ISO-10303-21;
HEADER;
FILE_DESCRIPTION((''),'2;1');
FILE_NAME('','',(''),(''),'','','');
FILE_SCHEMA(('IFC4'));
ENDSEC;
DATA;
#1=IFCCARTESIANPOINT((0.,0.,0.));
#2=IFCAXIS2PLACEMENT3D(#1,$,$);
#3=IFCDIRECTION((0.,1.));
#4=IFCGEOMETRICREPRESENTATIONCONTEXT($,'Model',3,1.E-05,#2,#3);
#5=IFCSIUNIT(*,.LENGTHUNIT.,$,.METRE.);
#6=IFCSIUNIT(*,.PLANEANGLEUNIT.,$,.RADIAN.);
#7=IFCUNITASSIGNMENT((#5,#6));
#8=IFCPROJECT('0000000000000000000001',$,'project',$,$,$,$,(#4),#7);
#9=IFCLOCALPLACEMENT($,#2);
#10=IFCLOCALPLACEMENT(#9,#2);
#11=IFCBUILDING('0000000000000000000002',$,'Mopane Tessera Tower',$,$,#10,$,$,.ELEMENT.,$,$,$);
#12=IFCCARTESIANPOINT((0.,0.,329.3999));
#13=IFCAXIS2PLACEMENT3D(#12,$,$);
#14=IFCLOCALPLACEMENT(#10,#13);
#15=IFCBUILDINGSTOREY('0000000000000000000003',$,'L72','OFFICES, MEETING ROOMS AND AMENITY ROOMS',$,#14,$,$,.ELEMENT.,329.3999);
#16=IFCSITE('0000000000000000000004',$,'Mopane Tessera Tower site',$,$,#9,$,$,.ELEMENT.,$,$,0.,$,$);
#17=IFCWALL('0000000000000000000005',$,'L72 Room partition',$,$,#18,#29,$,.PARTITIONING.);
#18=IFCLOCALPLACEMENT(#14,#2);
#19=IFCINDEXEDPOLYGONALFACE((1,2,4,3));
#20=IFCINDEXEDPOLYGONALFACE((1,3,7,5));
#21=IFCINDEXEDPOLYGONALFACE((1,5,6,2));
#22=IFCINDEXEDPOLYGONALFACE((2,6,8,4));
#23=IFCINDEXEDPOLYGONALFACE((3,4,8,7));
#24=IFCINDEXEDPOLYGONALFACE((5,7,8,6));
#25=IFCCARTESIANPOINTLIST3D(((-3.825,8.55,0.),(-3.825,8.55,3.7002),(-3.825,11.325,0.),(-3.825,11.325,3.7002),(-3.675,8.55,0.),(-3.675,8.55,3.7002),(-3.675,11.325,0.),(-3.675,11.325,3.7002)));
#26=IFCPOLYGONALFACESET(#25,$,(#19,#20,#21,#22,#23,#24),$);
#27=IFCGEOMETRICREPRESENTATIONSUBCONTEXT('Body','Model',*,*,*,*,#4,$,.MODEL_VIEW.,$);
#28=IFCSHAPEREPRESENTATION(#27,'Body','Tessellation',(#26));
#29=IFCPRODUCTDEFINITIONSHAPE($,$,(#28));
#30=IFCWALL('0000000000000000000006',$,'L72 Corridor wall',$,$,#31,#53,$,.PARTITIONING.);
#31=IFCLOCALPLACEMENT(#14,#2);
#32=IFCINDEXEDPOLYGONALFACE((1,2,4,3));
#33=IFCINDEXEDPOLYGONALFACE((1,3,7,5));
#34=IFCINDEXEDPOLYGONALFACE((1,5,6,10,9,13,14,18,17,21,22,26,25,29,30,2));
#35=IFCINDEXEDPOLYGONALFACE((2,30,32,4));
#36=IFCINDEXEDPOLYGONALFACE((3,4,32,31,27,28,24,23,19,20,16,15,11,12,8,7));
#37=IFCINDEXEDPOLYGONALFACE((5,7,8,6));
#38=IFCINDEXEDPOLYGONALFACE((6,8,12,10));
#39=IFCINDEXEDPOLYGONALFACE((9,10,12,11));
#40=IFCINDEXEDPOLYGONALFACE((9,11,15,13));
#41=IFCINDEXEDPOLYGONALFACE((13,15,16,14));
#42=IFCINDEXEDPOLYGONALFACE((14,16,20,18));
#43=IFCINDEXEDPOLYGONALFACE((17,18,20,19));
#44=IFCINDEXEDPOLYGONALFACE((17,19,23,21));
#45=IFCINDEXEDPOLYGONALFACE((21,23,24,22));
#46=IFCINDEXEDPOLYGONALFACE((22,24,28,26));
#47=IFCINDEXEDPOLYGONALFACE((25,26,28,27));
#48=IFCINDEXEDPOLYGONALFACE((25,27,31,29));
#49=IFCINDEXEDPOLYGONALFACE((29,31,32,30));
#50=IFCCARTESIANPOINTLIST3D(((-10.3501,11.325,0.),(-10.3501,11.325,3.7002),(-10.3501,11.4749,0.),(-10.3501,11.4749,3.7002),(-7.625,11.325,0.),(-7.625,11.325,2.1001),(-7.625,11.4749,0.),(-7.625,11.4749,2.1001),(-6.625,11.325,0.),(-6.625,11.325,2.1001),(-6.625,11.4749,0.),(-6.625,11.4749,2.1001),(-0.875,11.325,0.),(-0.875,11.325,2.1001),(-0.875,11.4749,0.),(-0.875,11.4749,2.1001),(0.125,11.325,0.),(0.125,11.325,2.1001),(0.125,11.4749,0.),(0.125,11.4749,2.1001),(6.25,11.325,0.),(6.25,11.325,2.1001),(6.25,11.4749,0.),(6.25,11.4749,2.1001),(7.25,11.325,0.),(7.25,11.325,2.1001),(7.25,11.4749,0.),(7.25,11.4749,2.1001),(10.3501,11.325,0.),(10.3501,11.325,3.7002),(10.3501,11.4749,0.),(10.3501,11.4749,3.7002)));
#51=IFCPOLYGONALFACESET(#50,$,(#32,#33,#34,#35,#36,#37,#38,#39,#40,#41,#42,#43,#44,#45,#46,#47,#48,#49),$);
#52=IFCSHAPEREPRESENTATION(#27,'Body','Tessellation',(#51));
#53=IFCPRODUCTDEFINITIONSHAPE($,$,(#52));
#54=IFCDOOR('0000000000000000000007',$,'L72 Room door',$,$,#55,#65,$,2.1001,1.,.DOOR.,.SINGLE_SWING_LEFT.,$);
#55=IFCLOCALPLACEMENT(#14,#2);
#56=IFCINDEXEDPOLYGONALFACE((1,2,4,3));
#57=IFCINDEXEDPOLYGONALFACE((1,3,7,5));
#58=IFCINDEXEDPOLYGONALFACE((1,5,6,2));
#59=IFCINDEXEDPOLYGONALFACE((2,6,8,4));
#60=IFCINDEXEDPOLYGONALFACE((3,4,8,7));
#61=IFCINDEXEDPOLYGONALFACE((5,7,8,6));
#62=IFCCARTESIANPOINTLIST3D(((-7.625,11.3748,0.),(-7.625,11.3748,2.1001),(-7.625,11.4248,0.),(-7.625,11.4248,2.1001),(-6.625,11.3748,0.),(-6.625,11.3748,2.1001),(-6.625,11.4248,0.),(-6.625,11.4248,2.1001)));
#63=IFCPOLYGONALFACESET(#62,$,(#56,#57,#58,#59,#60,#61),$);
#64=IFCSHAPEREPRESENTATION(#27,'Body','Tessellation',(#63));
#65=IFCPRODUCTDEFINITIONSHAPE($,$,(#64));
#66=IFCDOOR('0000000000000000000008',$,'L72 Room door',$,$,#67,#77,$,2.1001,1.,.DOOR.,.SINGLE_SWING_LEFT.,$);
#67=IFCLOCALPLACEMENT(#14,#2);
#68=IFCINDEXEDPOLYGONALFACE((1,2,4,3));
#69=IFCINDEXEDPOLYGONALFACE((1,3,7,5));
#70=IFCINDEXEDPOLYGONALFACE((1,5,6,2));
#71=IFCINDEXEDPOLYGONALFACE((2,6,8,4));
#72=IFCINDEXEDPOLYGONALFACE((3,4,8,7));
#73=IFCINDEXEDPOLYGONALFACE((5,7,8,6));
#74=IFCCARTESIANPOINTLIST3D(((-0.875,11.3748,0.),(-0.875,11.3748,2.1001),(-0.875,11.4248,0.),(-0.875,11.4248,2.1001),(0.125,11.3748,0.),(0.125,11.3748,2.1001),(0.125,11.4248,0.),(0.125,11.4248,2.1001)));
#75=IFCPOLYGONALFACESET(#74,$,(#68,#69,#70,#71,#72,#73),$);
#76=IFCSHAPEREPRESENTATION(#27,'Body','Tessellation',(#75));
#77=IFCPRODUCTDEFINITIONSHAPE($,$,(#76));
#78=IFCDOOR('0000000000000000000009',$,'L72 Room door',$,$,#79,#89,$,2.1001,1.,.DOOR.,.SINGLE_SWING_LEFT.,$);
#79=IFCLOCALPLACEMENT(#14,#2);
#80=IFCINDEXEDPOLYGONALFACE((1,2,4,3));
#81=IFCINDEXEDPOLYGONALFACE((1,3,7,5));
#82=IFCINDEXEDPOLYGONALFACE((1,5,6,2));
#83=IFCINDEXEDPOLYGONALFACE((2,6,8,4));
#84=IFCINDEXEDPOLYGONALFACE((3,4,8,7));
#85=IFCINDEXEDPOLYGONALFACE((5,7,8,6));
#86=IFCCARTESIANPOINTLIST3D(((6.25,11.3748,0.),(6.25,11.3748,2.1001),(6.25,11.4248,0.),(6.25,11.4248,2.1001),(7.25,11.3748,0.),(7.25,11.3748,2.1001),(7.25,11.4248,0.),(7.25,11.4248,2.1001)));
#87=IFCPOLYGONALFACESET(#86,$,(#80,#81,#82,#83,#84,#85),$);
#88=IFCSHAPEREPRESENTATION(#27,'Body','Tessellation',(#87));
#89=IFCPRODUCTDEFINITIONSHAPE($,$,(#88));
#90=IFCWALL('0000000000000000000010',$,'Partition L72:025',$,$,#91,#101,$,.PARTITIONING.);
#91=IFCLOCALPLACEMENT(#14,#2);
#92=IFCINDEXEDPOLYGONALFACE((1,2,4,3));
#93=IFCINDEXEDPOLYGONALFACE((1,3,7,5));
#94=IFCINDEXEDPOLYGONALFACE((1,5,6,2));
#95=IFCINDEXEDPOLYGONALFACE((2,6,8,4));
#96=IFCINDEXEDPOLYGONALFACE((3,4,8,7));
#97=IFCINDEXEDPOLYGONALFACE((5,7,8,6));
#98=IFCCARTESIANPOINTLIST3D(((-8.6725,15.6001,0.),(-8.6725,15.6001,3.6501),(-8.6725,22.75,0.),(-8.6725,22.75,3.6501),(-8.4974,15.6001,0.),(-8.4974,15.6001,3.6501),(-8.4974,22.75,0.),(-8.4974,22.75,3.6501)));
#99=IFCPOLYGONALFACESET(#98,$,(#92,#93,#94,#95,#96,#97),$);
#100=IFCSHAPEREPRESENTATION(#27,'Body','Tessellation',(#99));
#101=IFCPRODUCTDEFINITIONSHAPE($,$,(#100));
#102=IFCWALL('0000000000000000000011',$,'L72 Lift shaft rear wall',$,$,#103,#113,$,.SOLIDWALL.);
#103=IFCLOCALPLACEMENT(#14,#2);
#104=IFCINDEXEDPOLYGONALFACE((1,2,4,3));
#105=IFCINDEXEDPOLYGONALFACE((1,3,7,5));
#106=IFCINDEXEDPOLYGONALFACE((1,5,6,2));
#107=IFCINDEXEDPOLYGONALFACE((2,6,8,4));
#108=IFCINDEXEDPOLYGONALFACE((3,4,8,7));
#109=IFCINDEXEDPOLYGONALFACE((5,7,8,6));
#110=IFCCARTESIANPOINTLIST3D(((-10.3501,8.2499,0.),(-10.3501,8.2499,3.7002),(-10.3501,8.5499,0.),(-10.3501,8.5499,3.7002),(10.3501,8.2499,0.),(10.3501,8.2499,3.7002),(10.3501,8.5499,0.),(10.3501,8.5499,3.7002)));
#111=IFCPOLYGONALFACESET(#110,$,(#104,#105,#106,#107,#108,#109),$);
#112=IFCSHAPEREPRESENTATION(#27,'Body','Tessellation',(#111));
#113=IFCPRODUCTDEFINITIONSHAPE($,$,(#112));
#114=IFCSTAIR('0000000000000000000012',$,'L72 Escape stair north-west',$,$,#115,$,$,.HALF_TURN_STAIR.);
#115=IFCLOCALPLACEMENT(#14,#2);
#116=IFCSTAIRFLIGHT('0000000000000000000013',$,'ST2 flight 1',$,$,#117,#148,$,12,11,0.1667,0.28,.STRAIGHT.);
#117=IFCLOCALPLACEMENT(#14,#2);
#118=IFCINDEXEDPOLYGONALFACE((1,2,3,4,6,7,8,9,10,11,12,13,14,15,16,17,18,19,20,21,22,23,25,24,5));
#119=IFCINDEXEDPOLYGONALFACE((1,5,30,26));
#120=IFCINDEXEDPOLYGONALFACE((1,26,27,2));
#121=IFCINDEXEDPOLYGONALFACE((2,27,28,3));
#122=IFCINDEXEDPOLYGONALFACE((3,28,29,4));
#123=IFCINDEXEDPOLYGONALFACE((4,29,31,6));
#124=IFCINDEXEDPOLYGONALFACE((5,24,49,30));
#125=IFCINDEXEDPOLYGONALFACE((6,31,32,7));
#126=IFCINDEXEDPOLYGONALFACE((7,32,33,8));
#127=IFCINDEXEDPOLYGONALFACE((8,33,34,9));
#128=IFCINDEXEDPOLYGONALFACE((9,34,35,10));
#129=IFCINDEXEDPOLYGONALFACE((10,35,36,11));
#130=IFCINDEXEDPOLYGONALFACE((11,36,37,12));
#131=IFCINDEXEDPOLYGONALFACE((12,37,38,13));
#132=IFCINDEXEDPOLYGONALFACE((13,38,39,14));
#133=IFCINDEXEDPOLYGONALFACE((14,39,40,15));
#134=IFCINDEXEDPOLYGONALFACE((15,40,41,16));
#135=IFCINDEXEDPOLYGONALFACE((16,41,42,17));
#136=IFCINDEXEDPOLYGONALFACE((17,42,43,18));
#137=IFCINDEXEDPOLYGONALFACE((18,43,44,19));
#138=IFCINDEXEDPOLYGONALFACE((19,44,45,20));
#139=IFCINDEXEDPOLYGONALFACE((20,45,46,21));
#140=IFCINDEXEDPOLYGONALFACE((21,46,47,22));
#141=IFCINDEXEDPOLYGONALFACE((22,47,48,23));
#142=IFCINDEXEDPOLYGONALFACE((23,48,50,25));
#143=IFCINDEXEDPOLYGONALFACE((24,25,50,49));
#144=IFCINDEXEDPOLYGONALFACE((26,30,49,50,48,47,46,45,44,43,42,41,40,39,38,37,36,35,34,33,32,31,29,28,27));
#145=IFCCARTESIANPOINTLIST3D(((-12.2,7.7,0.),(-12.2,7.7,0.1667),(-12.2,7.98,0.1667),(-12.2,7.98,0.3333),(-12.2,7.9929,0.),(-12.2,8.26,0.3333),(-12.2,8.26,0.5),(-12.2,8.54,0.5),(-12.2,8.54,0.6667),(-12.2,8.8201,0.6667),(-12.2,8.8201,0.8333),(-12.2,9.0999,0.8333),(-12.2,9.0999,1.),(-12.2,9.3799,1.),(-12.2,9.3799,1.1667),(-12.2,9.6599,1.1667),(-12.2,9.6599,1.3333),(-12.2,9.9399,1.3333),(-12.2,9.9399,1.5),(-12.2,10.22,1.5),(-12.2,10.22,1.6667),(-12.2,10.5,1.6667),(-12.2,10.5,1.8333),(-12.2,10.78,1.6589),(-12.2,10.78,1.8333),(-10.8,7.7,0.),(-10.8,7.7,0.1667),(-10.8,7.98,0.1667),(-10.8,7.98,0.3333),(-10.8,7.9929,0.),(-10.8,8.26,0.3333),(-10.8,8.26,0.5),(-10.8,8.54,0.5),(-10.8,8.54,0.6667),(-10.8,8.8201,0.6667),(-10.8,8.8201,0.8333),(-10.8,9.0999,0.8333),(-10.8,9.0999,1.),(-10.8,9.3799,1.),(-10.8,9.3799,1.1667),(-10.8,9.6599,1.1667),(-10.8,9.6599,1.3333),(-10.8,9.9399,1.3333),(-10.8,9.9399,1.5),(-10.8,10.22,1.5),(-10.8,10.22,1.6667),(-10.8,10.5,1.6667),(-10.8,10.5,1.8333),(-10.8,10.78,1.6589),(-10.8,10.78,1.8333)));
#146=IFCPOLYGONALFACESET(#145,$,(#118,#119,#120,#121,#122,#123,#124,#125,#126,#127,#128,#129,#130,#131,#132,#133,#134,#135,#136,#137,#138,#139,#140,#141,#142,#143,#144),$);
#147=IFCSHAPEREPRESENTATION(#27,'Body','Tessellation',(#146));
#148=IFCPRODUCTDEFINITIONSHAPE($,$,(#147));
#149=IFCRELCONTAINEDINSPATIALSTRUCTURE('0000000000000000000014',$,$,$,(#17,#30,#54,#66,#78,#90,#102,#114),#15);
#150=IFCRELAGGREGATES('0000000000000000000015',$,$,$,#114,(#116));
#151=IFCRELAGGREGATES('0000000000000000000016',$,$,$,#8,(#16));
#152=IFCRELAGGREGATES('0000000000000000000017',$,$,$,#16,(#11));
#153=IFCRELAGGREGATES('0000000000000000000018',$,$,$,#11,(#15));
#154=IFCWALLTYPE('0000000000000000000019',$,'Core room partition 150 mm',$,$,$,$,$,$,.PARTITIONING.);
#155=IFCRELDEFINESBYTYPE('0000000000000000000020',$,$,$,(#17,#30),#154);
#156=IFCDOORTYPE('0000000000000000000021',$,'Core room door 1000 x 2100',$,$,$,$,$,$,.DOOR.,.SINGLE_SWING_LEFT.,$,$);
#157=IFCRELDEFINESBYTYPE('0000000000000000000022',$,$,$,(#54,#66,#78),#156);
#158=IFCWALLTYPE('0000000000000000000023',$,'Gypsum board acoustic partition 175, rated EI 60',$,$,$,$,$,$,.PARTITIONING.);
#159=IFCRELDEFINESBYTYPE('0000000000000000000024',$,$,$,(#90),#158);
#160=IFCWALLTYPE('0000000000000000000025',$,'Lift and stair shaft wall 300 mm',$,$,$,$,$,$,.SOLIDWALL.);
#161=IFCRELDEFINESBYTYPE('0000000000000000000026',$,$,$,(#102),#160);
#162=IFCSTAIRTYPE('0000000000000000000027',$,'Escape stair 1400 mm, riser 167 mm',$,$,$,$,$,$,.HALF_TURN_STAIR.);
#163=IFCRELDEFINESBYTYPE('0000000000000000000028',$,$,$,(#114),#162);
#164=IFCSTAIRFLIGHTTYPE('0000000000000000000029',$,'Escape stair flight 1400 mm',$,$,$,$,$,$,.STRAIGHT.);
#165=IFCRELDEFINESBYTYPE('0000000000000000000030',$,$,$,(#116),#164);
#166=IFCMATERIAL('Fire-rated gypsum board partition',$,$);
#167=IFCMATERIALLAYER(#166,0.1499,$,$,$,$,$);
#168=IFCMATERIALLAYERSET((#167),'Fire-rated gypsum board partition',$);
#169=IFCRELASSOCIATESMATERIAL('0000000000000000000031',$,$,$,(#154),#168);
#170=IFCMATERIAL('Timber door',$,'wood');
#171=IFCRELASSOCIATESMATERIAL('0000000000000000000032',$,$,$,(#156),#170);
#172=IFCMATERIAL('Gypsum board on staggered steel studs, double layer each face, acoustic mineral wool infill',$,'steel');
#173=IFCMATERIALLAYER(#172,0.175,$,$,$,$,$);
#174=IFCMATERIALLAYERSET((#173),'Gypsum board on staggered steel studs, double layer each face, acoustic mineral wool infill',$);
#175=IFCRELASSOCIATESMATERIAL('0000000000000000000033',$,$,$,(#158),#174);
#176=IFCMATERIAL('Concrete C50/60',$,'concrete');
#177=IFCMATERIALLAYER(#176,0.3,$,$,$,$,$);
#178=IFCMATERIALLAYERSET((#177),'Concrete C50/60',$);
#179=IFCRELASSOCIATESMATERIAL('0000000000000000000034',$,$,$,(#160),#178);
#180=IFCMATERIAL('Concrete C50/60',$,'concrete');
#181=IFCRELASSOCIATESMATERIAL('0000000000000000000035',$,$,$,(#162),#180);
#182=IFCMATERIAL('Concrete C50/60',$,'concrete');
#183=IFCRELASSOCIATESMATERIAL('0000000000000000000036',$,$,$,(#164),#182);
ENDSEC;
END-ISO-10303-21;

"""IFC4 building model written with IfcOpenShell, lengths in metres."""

from ifc_helpers import new_model, si_unit, direction, frame, frame_2d, origin, place, context, subcontext, project, spatial, polyline, rectangle, outline, extrude, material, layer, layer_set, type_object, element, fill, aggregate, save


model = new_model("IFC4")

# Units and contexts
model_context = context("Model", 3, precision=1e-05, world=origin(), true_north=direction((0.0, 1.0)))
body_context = subcontext(model_context, "Body", "Model", "MODEL_VIEW")
ifc_project = project(units=[si_unit("LENGTHUNIT", "METRE"), si_unit("PLANEANGLEUNIT", "RADIAN")], contexts=[model_context])

# Site, building, storey
site_placement = place(None, origin())
site = spatial("IfcSite", under=ifc_project, at=site_placement, Name="Mopane Tessera Tower site", CompositionType="ELEMENT", RefElevation=0.0)
building_placement = place(site_placement, origin())
building = spatial("IfcBuilding", under=site, at=building_placement, Name="Mopane Tessera Tower", CompositionType="ELEMENT")
storey_placement = place(building_placement, frame((0.0, 0.0, 329.3999)))
storey = spatial("IfcBuildingStorey", under=building, at=storey_placement, Name="L72", Description="OFFICES, MEETING ROOMS AND AMENITY ROOMS", CompositionType="ELEMENT", Elevation=329.3999)

# Wall
ifc_material_1 = material(Name="Fire-rated gypsum board partition")
ifc_layer_1 = layer(ifc_material_1, 0.1499)
ifc_layer_set_1 = layer_set([ifc_layer_1], Name="Fire-rated gypsum board partition")
wall_type_1 = type_object("IfcWallType", Name="Core room partition 150 mm", PredefinedType="PARTITIONING", material=ifc_layer_set_1)
wall_1_placement = place(storey_placement, frame((-3.75, 8.55, 0.0), z_axis=(0.0, 0.0, 1.0), x_axis=(0.0, 1.0, 0.0)))
element("IfcWall", 1, at=wall_1_placement, inside=storey, type_object=wall_type_1, Name="L72 Room partition", PredefinedType="PARTITIONING", context=body_context, shape_type="SweptSolid", body=[
    extrude(rectangle(XDim=2.7749, YDim=0.1499, at=frame_2d((1.3875, 0.0))), origin(), (0.0, 0.0, 1.0), 3.7002),
])

# Wall, openings, doors
wall_2_placement = place(storey_placement, frame((-10.3501, 11.3999, 0.0), z_axis=(0.0, 0.0, 1.0), x_axis=(1.0, 0.0, 0.0)))
wall_2 = element("IfcWall", 2, at=wall_2_placement, inside=storey, type_object=wall_type_1, Name="L72 Corridor wall", PredefinedType="PARTITIONING", context=body_context, shape_type="SweptSolid", body=[
    extrude(rectangle(XDim=20.7002, YDim=0.1499, at=frame_2d((10.3501, 0.0))), origin(), (0.0, 0.0, 1.0), 3.7002),
])
opening_1_placement = place(wall_2_placement, frame((2.7251, 0.0, 0.0)))
opening_1 = element("IfcOpeningElement", 3, at=opening_1_placement, cuts=wall_2, PredefinedType="OPENING", context=body_context, shape_type="SweptSolid", body=[
    extrude(rectangle(XDim=1.0, YDim=2.1001, at=frame_2d((0.5, 1.05))), frame((0.0, 0.0869, 0.0), z_axis=(0.0, -1.0, 0.0), x_axis=(1.0, 0.0, 0.0)), (0.0, 0.0, 1.0), 0.1738),
])
opening_2_placement = place(wall_2_placement, frame((9.4751, 0.0, 0.0)))
opening_2 = element("IfcOpeningElement", 4, at=opening_2_placement, cuts=wall_2, PredefinedType="OPENING", context=body_context, shape_type="SweptSolid", body=[
    extrude(rectangle(XDim=1.0, YDim=2.1001, at=frame_2d((0.5, 1.05))), frame((0.0, 0.0869, 0.0), z_axis=(0.0, -1.0, 0.0), x_axis=(1.0, 0.0, 0.0)), (0.0, 0.0, 1.0), 0.1738),
])
opening_3_placement = place(wall_2_placement, frame((16.6001, 0.0, 0.0)))
opening_3 = element("IfcOpeningElement", 5, at=opening_3_placement, cuts=wall_2, PredefinedType="OPENING", context=body_context, shape_type="SweptSolid", body=[
    extrude(rectangle(XDim=1.0, YDim=2.1001, at=frame_2d((0.5, 1.05))), frame((0.0, 0.0869, 0.0), z_axis=(0.0, -1.0, 0.0), x_axis=(1.0, 0.0, 0.0)), (0.0, 0.0, 1.0), 0.1738),
])
ifc_material_2 = material(Name="Timber door", Category="wood")
door_type = type_object("IfcDoorType", Name="Core room door 1000 x 2100", OperationType="SINGLE_SWING_LEFT", PredefinedType="DOOR", material=ifc_material_2)
door_1_placement = place(opening_1_placement, origin())
door_1 = element("IfcDoor", 6, at=door_1_placement, inside=storey, type_object=door_type, Name="L72 Room door", OperationType="SINGLE_SWING_LEFT", OverallHeight=2.1001, OverallWidth=1.0, PredefinedType="DOOR", context=body_context, shape_type="SweptSolid", body=[
    extrude(rectangle(XDim=1.0, YDim=2.1001, at=frame_2d((0.5, 1.05))), frame((0.0, 0.0249, 0.0), z_axis=(0.0, -1.0, 0.0), x_axis=(1.0, 0.0, 0.0)), (0.0, 0.0, 1.0), 0.05),
])
fill(opening_1, door_1)
door_2_placement = place(opening_2_placement, origin())
door_2 = element("IfcDoor", 7, at=door_2_placement, inside=storey, type_object=door_type, Name="L72 Room door", OperationType="SINGLE_SWING_LEFT", OverallHeight=2.1001, OverallWidth=1.0, PredefinedType="DOOR", context=body_context, shape_type="SweptSolid", body=[
    extrude(rectangle(XDim=1.0, YDim=2.1001, at=frame_2d((0.5, 1.05))), frame((0.0, 0.0249, 0.0), z_axis=(0.0, -1.0, 0.0), x_axis=(1.0, 0.0, 0.0)), (0.0, 0.0, 1.0), 0.05),
])
fill(opening_2, door_2)
door_3_placement = place(opening_3_placement, origin())
door_3 = element("IfcDoor", 8, at=door_3_placement, inside=storey, type_object=door_type, Name="L72 Room door", OperationType="SINGLE_SWING_LEFT", OverallHeight=2.1001, OverallWidth=1.0, PredefinedType="DOOR", context=body_context, shape_type="SweptSolid", body=[
    extrude(rectangle(XDim=1.0, YDim=2.1001, at=frame_2d((0.5, 1.05))), frame((0.0, 0.0249, 0.0), z_axis=(0.0, -1.0, 0.0), x_axis=(1.0, 0.0, 0.0)), (0.0, 0.0, 1.0), 0.05),
])
fill(opening_3, door_3)

# Walls
ifc_material_3 = material(Name="Gypsum board on staggered steel studs, double layer each face, acoustic mineral wool infill", Category="steel")
ifc_layer_2 = layer(ifc_material_3, 0.175)
ifc_layer_set_2 = layer_set([ifc_layer_2], Name="Gypsum board on staggered steel studs, double layer each face, acoustic mineral wool infill")
wall_type_2 = type_object("IfcWallType", Name="Gypsum board acoustic partition 175, rated EI 60", PredefinedType="PARTITIONING", material=ifc_layer_set_2)
wall_3_placement = place(storey_placement, frame((-8.585, 15.6001, 0.0), z_axis=(0.0, 0.0, 1.0), x_axis=(0.0, 1.0, 0.0)))
element("IfcWall", 9, at=wall_3_placement, inside=storey, type_object=wall_type_2, Name="Partition L72:025", PredefinedType="PARTITIONING", context=body_context, shape_type="SweptSolid", body=[
    extrude(rectangle(XDim=7.1499, YDim=0.175, at=frame_2d((3.575, 0.0))), origin(), (0.0, 0.0, 1.0), 3.6501),
])
ifc_material_4 = material(Name="Concrete C50/60", Category="concrete")
ifc_layer_3 = layer(ifc_material_4, 0.3)
ifc_layer_set_3 = layer_set([ifc_layer_3], Name="Concrete C50/60")
wall_type_3 = type_object("IfcWallType", Name="Lift and stair shaft wall 300 mm", PredefinedType="SOLIDWALL", material=ifc_layer_set_3)
wall_4_placement = place(storey_placement, frame((-10.3501, 8.3999, 0.0), z_axis=(0.0, 0.0, 1.0), x_axis=(1.0, 0.0, 0.0)))
element("IfcWall", 10, at=wall_4_placement, inside=storey, type_object=wall_type_3, Name="L72 Lift shaft rear wall", PredefinedType="SOLIDWALL", context=body_context, shape_type="SweptSolid", body=[
    extrude(rectangle(XDim=20.7002, YDim=0.3, at=frame_2d((10.3501, 0.0))), origin(), (0.0, 0.0, 1.0), 3.7002),
])

# Stair, stair flight
ifc_material_5 = material(Name="Concrete C50/60", Category="concrete")
stair_type = type_object("IfcStairType", Name="Escape stair 1400 mm, riser 167 mm", PredefinedType="HALF_TURN_STAIR", material=ifc_material_5)
stair_placement = place(storey_placement, origin())
stair = element("IfcStair", 11, at=stair_placement, inside=storey, type_object=stair_type, Name="L72 Escape stair north-west", PredefinedType="HALF_TURN_STAIR")
ifc_material_6 = material(Name="Concrete C50/60", Category="concrete")
stair_flight_type = type_object("IfcStairFlightType", Name="Escape stair flight 1400 mm", PredefinedType="STRAIGHT", material=ifc_material_6)
stair_flight_1_placement = place(storey_placement, frame((-11.5, 7.7, 0.0), z_axis=(0.0, 0.0, 1.0), x_axis=(0.0, 1.0, 0.0)))
stair_flight_1 = element("IfcStairFlight", 12, at=stair_flight_1_placement, type_object=stair_flight_type, Name="ST2 flight 1", NumberOfRisers=12, NumberOfTreads=11, PredefinedType="STRAIGHT", RiserHeight=0.1667, TreadLength=0.28, context=body_context, shape_type="SweptSolid", body=[
    extrude(outline(polyline([(0.0, 0.0), (0.0, 0.1667), (0.28, 0.1667), (0.28, 0.3333), (0.5601, 0.3333), (0.5601, 0.5), (0.8401, 0.5), (0.8401, 0.6667), (1.1201, 0.6667), (1.1201, 0.8333), (1.3999, 0.8333), (1.3999, 1.0), (1.6799, 1.0), (1.6799, 1.1667), (1.96, 1.1667), (1.96, 1.3333), (2.24, 1.3333), (2.24, 1.5), (2.52, 1.5), (2.52, 1.6667), (2.8, 1.6667), (2.8, 1.8333), (3.0801, 1.8333), (3.0801, 2.0), (3.0801, 1.6589), (0.293, 0.0), (0.0, 0.0)])), frame((0.0, 0.7, 0.0), z_axis=(0.0, -1.0, 0.0), x_axis=(1.0, 0.0, 0.0)), (0.0, 0.0, 1.0), 1.3999),
])
aggregate(stair, [stair_flight_1])

save(model, "model.ifc")
